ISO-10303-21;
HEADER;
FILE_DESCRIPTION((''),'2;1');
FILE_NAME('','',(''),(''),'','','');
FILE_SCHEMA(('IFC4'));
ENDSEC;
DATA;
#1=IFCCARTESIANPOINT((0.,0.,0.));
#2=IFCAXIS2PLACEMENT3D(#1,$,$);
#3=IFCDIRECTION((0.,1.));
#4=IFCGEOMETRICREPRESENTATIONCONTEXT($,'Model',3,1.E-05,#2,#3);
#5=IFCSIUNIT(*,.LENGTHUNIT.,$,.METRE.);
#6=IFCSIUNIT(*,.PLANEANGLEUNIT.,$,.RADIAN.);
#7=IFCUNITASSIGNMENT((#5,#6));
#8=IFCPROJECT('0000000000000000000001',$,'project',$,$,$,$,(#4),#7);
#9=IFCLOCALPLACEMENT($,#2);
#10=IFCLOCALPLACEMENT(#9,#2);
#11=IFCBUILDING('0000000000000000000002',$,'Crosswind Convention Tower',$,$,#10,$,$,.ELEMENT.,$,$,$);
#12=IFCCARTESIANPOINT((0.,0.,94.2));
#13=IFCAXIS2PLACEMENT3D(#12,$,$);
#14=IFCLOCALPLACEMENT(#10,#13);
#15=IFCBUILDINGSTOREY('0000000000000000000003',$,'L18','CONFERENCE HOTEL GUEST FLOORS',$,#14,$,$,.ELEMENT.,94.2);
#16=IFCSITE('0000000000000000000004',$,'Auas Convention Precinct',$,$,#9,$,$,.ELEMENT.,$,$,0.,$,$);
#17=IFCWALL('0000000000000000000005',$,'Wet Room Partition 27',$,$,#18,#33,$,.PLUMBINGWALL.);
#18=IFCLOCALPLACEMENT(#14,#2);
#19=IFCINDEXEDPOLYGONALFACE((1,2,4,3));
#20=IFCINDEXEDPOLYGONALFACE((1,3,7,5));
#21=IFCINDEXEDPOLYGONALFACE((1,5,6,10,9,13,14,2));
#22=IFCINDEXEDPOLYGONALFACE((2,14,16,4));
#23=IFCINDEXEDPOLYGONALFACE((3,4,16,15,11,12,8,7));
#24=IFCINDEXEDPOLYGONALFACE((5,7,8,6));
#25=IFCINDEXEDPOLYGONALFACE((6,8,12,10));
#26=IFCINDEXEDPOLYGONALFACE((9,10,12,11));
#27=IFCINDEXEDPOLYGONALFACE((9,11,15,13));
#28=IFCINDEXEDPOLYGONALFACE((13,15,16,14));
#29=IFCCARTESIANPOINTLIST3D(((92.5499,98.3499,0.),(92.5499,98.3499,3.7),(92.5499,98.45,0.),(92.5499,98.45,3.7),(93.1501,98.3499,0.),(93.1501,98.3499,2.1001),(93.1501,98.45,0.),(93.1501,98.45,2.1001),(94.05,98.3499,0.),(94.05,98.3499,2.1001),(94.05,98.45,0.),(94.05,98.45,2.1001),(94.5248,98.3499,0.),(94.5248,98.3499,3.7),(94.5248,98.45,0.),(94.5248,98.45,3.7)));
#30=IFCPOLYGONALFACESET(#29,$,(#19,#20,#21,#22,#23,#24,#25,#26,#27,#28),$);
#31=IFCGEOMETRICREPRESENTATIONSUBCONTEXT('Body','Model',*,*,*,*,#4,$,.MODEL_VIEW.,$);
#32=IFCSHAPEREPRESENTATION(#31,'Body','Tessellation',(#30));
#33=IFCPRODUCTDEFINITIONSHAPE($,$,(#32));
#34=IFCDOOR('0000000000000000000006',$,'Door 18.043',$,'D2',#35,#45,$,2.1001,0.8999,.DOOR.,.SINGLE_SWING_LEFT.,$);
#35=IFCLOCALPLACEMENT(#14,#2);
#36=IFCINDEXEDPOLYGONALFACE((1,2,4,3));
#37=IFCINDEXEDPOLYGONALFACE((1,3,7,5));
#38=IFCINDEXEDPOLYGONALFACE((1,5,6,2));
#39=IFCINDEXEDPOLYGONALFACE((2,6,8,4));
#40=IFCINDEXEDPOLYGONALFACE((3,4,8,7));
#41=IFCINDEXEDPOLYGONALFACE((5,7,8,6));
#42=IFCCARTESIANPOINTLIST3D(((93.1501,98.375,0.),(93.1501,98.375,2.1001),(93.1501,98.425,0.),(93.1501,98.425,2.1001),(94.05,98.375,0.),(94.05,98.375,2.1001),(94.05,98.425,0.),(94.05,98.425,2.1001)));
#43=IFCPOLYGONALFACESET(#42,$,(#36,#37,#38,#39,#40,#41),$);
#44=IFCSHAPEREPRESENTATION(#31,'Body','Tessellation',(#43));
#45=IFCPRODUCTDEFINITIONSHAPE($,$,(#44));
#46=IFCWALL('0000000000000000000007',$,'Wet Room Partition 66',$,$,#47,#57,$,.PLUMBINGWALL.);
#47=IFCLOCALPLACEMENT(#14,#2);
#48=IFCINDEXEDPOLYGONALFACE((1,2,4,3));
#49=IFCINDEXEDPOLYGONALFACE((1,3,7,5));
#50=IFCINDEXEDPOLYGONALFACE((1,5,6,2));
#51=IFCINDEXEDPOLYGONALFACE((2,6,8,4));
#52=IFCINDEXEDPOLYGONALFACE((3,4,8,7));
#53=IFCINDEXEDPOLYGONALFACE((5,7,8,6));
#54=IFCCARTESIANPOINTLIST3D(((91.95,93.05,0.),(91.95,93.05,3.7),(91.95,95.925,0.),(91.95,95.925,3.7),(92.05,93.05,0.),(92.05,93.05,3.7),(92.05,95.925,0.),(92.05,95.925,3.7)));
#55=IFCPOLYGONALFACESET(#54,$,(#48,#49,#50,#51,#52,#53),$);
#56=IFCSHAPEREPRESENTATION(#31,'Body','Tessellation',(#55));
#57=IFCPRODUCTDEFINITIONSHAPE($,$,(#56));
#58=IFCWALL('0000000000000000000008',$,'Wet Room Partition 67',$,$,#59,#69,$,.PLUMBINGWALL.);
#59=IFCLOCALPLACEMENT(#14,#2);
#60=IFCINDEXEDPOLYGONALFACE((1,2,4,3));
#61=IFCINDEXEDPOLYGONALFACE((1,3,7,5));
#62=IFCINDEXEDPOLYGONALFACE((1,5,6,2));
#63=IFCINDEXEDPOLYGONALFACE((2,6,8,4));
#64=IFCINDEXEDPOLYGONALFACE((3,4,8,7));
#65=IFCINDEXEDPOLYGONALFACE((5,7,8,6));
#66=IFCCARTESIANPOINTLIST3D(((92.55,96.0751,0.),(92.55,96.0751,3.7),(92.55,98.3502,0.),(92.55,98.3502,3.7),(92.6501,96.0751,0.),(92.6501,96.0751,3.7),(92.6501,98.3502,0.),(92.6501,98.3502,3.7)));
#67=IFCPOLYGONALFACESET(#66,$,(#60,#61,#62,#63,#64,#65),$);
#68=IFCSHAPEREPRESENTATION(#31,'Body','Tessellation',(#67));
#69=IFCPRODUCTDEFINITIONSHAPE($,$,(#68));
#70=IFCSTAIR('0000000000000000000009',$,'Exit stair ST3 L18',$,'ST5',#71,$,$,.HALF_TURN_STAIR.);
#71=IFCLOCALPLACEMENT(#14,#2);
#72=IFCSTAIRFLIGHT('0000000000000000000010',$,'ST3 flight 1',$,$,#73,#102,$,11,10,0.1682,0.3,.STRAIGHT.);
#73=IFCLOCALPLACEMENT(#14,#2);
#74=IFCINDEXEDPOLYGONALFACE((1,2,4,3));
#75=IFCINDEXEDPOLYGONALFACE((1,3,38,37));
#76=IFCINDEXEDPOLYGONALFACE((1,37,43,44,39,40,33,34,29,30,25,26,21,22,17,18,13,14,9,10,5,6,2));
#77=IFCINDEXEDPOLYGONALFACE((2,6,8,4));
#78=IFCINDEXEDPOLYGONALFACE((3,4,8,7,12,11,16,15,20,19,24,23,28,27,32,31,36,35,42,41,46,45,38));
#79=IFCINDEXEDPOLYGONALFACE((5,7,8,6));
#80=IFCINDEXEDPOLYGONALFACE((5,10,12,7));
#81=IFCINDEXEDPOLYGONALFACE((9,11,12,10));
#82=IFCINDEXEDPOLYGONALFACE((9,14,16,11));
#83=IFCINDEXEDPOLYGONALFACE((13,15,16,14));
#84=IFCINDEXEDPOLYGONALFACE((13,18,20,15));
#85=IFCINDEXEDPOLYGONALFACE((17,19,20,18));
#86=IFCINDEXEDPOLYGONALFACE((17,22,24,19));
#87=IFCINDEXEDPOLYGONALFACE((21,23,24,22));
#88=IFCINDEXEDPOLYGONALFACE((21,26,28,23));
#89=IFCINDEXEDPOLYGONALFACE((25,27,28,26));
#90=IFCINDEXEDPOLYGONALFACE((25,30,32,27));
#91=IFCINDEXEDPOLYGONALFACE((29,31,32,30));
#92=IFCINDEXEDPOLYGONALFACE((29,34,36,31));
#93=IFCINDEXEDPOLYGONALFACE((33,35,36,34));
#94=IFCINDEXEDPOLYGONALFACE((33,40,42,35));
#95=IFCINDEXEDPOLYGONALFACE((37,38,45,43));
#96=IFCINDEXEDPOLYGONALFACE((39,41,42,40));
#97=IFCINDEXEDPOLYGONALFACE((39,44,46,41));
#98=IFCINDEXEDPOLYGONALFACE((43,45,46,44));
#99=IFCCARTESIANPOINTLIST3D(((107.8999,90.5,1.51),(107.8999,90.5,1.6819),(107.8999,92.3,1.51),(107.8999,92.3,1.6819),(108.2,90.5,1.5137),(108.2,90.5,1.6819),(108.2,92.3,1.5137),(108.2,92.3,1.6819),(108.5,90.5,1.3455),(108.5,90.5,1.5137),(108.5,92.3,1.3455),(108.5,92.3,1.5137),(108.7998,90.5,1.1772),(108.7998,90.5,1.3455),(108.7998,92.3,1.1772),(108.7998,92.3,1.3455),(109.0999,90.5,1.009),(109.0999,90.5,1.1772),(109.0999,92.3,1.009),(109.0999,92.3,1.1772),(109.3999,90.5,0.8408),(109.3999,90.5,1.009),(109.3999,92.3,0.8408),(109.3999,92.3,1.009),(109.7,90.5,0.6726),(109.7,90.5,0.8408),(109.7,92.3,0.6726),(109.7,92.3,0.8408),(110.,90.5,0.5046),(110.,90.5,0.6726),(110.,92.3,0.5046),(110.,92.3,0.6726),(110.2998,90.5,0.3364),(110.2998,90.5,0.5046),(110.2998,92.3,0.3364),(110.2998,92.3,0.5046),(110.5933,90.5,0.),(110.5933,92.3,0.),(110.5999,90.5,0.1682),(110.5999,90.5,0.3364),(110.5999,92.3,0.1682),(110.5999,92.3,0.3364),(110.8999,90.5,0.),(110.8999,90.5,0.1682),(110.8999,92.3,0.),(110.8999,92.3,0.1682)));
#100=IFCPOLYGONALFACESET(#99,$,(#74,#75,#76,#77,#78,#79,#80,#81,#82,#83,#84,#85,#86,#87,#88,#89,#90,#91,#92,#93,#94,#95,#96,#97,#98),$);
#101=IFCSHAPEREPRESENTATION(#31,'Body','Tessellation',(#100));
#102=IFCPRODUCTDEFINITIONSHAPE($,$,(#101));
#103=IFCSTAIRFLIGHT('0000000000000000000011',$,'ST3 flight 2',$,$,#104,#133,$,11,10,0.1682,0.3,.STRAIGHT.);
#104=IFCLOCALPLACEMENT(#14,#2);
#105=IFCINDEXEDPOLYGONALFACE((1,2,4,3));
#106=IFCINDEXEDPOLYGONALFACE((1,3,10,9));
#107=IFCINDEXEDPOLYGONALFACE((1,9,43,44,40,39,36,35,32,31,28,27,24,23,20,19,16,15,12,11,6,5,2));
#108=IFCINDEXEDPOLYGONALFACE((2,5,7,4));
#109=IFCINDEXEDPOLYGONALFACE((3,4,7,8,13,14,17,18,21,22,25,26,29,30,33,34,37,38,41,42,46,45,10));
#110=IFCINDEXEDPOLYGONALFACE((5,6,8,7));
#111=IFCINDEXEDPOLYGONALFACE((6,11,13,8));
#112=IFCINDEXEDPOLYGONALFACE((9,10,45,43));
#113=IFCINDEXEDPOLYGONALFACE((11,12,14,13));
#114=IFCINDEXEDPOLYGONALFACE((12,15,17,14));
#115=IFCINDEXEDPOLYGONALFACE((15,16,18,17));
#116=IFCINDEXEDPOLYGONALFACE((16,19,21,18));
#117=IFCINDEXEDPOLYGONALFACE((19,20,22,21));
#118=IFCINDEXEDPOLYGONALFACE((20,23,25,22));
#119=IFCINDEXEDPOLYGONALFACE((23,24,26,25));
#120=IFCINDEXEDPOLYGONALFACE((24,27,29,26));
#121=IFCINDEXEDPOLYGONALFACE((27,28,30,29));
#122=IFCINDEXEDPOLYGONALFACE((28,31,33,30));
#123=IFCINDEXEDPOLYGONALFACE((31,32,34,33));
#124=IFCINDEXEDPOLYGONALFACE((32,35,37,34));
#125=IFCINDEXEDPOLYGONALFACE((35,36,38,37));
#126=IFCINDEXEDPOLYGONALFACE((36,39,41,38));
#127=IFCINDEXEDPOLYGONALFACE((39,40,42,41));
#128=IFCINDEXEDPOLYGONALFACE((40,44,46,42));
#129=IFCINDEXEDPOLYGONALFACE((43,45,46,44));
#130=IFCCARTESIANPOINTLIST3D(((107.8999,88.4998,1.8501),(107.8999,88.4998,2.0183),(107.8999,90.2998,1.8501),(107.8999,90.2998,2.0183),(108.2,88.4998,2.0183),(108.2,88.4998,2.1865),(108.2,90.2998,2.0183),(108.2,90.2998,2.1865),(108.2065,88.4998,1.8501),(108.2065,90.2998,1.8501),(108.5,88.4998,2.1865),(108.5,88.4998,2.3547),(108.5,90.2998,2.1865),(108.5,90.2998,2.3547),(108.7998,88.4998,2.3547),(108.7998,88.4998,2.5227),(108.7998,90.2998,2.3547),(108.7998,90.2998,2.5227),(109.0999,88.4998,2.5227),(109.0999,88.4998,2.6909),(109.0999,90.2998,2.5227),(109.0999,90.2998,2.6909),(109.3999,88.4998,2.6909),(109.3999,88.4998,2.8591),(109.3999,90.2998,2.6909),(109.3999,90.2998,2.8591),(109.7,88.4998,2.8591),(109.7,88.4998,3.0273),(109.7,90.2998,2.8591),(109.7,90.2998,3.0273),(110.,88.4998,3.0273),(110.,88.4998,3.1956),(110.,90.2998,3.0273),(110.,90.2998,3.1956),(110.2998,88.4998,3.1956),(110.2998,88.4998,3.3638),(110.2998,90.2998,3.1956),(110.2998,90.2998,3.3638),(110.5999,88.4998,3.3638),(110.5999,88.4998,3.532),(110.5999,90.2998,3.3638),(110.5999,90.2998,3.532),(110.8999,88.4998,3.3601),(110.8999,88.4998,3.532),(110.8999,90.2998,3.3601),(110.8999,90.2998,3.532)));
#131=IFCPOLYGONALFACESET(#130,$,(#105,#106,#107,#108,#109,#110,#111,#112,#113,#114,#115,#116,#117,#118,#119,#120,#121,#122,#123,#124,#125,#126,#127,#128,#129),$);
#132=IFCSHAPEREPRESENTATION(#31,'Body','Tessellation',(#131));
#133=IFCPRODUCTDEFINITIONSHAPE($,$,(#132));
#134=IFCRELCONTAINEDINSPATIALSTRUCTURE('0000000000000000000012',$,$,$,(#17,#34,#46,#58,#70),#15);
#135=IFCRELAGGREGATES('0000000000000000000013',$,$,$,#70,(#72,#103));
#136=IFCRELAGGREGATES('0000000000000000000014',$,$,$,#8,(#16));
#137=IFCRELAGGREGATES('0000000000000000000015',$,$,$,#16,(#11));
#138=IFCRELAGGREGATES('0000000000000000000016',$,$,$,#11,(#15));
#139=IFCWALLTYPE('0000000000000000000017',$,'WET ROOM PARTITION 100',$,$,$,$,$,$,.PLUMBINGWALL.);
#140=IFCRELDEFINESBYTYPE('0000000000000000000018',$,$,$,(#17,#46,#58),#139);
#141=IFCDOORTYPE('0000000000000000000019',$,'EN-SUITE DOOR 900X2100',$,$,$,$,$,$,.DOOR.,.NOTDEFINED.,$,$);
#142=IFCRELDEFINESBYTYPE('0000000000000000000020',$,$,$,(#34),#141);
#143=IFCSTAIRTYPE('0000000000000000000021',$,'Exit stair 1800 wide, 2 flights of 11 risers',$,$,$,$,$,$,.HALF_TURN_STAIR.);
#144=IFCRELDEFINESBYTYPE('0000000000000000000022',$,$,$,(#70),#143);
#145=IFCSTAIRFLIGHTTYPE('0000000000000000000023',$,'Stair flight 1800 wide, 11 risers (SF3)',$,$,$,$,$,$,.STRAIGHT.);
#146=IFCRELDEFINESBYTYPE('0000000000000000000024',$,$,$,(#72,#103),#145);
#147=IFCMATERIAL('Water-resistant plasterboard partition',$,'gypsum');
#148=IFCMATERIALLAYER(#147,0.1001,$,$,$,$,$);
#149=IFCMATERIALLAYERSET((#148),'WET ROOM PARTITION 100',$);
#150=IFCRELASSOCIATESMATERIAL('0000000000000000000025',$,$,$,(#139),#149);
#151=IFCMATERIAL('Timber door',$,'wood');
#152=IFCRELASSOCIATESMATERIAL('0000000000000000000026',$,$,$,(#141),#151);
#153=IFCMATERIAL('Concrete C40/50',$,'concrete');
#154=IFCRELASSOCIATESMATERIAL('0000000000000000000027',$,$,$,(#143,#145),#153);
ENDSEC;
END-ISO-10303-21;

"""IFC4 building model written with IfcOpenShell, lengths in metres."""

from ifc_helpers import new_model, si_unit, direction, frame, frame_2d, origin, place, context, subcontext, project, spatial, polyline, rectangle, outline, extrude, material, layer, layer_set, type_object, element, fill, aggregate, save


model = new_model("IFC4")

# Units and contexts
model_context = context("Model", 3, precision=1e-05, world=origin(), true_north=direction((0.0, 1.0)))
body_context = subcontext(model_context, "Body", "Model", "MODEL_VIEW")
ifc_project = project(units=[si_unit("LENGTHUNIT", "METRE"), si_unit("PLANEANGLEUNIT", "RADIAN")], contexts=[model_context])

# Site, building, storey
site_placement = place(None, origin())
site = spatial("IfcSite", under=ifc_project, at=site_placement, Name="Auas Convention Precinct", CompositionType="ELEMENT", RefElevation=0.0)
building_placement = place(site_placement, origin())
building = spatial("IfcBuilding", under=site, at=building_placement, Name="Crosswind Convention Tower", CompositionType="ELEMENT")
storey_placement = place(building_placement, frame((0.0, 0.0, 94.2)))
storey = spatial("IfcBuildingStorey", under=building, at=storey_placement, Name="L18", Description="CONFERENCE HOTEL GUEST FLOORS", CompositionType="ELEMENT", Elevation=94.2)

# Shared definitions
ifc_material_1 = material(Name="Timber door", Category="wood")

# Wall, opening, door
ifc_material_2 = material(Name="Water-resistant plasterboard partition", Category="gypsum")
ifc_layer_1 = layer(ifc_material_2, 0.1001)
ifc_layer_set_1 = layer_set([ifc_layer_1], Name="WET ROOM PARTITION 100")
wall_type_1 = type_object("IfcWallType", Name="WET ROOM PARTITION 100", PredefinedType="PLUMBINGWALL", material=ifc_layer_set_1)
door_type_1 = type_object("IfcDoorType", Name="EN-SUITE DOOR 900X2100", OperationType="NOTDEFINED", PredefinedType="DOOR", material=ifc_material_1)
wall_1_placement = place(storey_placement, frame((92.55, 98.3999, 0.0), z_axis=(0.0, 0.0, 1.0), x_axis=(1.0, 0.0, 0.0)))
wall_1 = element("IfcWall", 1, at=wall_1_placement, inside=storey, type_object=wall_type_1, Name="Wet Room Partition 27", PredefinedType="PLUMBINGWALL", context=body_context, shape_type="SweptSolid", body=[
    extrude(rectangle(XDim=1.9749, YDim=0.1001, at=frame_2d((0.9873, 0.0))), origin(), (0.0, 0.0, 1.0), 3.7),
])
opening_1_placement = place(wall_1_placement, frame((0.6001, 0.0, 0.0)))
opening_1 = element("IfcOpeningElement", 2, at=opening_1_placement, cuts=wall_1, PredefinedType="OPENING", context=body_context, shape_type="SweptSolid", body=[
    extrude(rectangle(XDim=0.8999, YDim=2.1001, at=frame_2d((0.45, 1.05))), frame((0.0, 0.0601, 0.0), z_axis=(0.0, -1.0, 0.0), x_axis=(1.0, 0.0, 0.0)), (0.0, 0.0, 1.0), 0.1201),
])
door_1_placement = place(opening_1_placement, frame((0.8999, 0.0, 0.0), z_axis=(0.0, 0.0, 1.0), x_axis=(-1.0, 0.0, 0.0)))
door_1 = element("IfcDoor", 3, at=door_1_placement, inside=storey, type_object=door_type_1, Name="Door 18.043", ObjectType="D2", OperationType="SINGLE_SWING_LEFT", OverallHeight=2.1001, OverallWidth=0.8999, PredefinedType="DOOR", context=body_context, shape_type="SweptSolid", body=[
    extrude(rectangle(XDim=0.8999, YDim=2.1001, at=frame_2d((0.45, 1.05))), frame((0.0, 0.0249, 0.0), z_axis=(0.0, -1.0, 0.0), x_axis=(1.0, 0.0, 0.0)), (0.0, 0.0, 1.0), 0.05),
])
fill(opening_1, door_1)

# Walls
wall_2_placement = place(storey_placement, frame((92.0, 93.05, 0.0), z_axis=(0.0, 0.0, 1.0), x_axis=(0.0, 1.0, 0.0)))
element("IfcWall", 4, at=wall_2_placement, inside=storey, type_object=wall_type_1, Name="Wet Room Partition 66", PredefinedType="PLUMBINGWALL", context=body_context, shape_type="SweptSolid", body=[
    extrude(rectangle(XDim=2.875, YDim=0.1001, at=frame_2d((1.4375, 0.0))), origin(), (0.0, 0.0, 1.0), 3.7),
])
wall_3_placement = place(storey_placement, frame((92.6001, 96.075, 0.0), z_axis=(0.0, 0.0, 1.0), x_axis=(0.0, 1.0, 0.0)))
element("IfcWall", 5, at=wall_3_placement, inside=storey, type_object=wall_type_1, Name="Wet Room Partition 67", PredefinedType="PLUMBINGWALL", context=body_context, shape_type="SweptSolid", body=[
    extrude(rectangle(XDim=2.2751, YDim=0.1001, at=frame_2d((1.1377, 0.0))), origin(), (0.0, 0.0, 1.0), 3.7),
])

# Stair, stair flights
ifc_material_3 = material(Name="Concrete C40/50", Category="concrete")
stair_type = type_object("IfcStairType", Name="Exit stair 1800 wide, 2 flights of 11 risers", PredefinedType="HALF_TURN_STAIR", material=ifc_material_3)
stair_placement = place(storey_placement, origin())
stair = element("IfcStair", 6, at=stair_placement, inside=storey, type_object=stair_type, Name="Exit stair ST3 L18", ObjectType="ST5", PredefinedType="HALF_TURN_STAIR")
stair_flight_type = type_object("IfcStairFlightType", Name="Stair flight 1800 wide, 11 risers (SF3)", PredefinedType="STRAIGHT", material=ifc_material_3)
stair_flight_1_placement = place(storey_placement, frame((110.8999, 91.3999, 0.0), z_axis=(0.0, 0.0, 1.0), x_axis=(-1.0, 0.0, 0.0)))
stair_flight_1 = element("IfcStairFlight", 7, at=stair_flight_1_placement, type_object=stair_flight_type, Name="ST3 flight 1", NumberOfRisers=11, NumberOfTreads=10, PredefinedType="STRAIGHT", RiserHeight=0.1682, TreadLength=0.3, context=body_context, shape_type="SweptSolid", body=[
    extrude(outline(polyline([(0.0, 0.0), (0.0, 0.1682), (0.3, 0.1682), (0.3, 0.3364), (0.6001, 0.3364), (0.6001, 0.5046), (0.8999, 0.5046), (0.8999, 0.6726), (1.2, 0.6726), (1.2, 0.8408), (1.5, 0.8408), (1.5, 1.009), (1.8, 1.009), (1.8, 1.1772), (2.1001, 1.1772), (2.1001, 1.3455), (2.3999, 1.3455), (2.3999, 1.5137), (2.7, 1.5137), (2.7, 1.6819), (3.0, 1.6819), (3.0, 1.8501), (3.0, 1.51), (0.3066, 0.0), (0.0, 0.0)])), frame((0.0, 0.8999, 0.0), z_axis=(0.0, -1.0, 0.0), x_axis=(1.0, 0.0, 0.0)), (0.0, 0.0, 1.0), 1.8),
])
stair_flight_2_placement = place(storey_placement, frame((107.8999, 89.3999, 1.8501), z_axis=(0.0, 0.0, 1.0), x_axis=(1.0, 0.0, 0.0)))
stair_flight_2 = element("IfcStairFlight", 8, at=stair_flight_2_placement, type_object=stair_flight_type, Name="ST3 flight 2", NumberOfRisers=11, NumberOfTreads=10, PredefinedType="STRAIGHT", RiserHeight=0.1682, TreadLength=0.3, context=body_context, shape_type="SweptSolid", body=[
    extrude(outline(polyline([(0.0, 0.0), (0.0, 0.1682), (0.3, 0.1682), (0.3, 0.3364), (0.6001, 0.3364), (0.6001, 0.5046), (0.8999, 0.5046), (0.8999, 0.6726), (1.2, 0.6726), (1.2, 0.8408), (1.5, 0.8408), (1.5, 1.009), (1.8, 1.009), (1.8, 1.1772), (2.1001, 1.1772), (2.1001, 1.3455), (2.3999, 1.3455), (2.3999, 1.5137), (2.7, 1.5137), (2.7, 1.6819), (3.0, 1.6819), (3.0, 1.8501), (3.0, 1.51), (0.3066, 0.0), (0.0, 0.0)])), frame((0.0, 0.8999, 0.0), z_axis=(0.0, -1.0, 0.0), x_axis=(1.0, 0.0, 0.0)), (0.0, 0.0, 1.0), 1.8),
])
aggregate(stair, [stair_flight_1, stair_flight_2])

save(model, "model.ifc")
